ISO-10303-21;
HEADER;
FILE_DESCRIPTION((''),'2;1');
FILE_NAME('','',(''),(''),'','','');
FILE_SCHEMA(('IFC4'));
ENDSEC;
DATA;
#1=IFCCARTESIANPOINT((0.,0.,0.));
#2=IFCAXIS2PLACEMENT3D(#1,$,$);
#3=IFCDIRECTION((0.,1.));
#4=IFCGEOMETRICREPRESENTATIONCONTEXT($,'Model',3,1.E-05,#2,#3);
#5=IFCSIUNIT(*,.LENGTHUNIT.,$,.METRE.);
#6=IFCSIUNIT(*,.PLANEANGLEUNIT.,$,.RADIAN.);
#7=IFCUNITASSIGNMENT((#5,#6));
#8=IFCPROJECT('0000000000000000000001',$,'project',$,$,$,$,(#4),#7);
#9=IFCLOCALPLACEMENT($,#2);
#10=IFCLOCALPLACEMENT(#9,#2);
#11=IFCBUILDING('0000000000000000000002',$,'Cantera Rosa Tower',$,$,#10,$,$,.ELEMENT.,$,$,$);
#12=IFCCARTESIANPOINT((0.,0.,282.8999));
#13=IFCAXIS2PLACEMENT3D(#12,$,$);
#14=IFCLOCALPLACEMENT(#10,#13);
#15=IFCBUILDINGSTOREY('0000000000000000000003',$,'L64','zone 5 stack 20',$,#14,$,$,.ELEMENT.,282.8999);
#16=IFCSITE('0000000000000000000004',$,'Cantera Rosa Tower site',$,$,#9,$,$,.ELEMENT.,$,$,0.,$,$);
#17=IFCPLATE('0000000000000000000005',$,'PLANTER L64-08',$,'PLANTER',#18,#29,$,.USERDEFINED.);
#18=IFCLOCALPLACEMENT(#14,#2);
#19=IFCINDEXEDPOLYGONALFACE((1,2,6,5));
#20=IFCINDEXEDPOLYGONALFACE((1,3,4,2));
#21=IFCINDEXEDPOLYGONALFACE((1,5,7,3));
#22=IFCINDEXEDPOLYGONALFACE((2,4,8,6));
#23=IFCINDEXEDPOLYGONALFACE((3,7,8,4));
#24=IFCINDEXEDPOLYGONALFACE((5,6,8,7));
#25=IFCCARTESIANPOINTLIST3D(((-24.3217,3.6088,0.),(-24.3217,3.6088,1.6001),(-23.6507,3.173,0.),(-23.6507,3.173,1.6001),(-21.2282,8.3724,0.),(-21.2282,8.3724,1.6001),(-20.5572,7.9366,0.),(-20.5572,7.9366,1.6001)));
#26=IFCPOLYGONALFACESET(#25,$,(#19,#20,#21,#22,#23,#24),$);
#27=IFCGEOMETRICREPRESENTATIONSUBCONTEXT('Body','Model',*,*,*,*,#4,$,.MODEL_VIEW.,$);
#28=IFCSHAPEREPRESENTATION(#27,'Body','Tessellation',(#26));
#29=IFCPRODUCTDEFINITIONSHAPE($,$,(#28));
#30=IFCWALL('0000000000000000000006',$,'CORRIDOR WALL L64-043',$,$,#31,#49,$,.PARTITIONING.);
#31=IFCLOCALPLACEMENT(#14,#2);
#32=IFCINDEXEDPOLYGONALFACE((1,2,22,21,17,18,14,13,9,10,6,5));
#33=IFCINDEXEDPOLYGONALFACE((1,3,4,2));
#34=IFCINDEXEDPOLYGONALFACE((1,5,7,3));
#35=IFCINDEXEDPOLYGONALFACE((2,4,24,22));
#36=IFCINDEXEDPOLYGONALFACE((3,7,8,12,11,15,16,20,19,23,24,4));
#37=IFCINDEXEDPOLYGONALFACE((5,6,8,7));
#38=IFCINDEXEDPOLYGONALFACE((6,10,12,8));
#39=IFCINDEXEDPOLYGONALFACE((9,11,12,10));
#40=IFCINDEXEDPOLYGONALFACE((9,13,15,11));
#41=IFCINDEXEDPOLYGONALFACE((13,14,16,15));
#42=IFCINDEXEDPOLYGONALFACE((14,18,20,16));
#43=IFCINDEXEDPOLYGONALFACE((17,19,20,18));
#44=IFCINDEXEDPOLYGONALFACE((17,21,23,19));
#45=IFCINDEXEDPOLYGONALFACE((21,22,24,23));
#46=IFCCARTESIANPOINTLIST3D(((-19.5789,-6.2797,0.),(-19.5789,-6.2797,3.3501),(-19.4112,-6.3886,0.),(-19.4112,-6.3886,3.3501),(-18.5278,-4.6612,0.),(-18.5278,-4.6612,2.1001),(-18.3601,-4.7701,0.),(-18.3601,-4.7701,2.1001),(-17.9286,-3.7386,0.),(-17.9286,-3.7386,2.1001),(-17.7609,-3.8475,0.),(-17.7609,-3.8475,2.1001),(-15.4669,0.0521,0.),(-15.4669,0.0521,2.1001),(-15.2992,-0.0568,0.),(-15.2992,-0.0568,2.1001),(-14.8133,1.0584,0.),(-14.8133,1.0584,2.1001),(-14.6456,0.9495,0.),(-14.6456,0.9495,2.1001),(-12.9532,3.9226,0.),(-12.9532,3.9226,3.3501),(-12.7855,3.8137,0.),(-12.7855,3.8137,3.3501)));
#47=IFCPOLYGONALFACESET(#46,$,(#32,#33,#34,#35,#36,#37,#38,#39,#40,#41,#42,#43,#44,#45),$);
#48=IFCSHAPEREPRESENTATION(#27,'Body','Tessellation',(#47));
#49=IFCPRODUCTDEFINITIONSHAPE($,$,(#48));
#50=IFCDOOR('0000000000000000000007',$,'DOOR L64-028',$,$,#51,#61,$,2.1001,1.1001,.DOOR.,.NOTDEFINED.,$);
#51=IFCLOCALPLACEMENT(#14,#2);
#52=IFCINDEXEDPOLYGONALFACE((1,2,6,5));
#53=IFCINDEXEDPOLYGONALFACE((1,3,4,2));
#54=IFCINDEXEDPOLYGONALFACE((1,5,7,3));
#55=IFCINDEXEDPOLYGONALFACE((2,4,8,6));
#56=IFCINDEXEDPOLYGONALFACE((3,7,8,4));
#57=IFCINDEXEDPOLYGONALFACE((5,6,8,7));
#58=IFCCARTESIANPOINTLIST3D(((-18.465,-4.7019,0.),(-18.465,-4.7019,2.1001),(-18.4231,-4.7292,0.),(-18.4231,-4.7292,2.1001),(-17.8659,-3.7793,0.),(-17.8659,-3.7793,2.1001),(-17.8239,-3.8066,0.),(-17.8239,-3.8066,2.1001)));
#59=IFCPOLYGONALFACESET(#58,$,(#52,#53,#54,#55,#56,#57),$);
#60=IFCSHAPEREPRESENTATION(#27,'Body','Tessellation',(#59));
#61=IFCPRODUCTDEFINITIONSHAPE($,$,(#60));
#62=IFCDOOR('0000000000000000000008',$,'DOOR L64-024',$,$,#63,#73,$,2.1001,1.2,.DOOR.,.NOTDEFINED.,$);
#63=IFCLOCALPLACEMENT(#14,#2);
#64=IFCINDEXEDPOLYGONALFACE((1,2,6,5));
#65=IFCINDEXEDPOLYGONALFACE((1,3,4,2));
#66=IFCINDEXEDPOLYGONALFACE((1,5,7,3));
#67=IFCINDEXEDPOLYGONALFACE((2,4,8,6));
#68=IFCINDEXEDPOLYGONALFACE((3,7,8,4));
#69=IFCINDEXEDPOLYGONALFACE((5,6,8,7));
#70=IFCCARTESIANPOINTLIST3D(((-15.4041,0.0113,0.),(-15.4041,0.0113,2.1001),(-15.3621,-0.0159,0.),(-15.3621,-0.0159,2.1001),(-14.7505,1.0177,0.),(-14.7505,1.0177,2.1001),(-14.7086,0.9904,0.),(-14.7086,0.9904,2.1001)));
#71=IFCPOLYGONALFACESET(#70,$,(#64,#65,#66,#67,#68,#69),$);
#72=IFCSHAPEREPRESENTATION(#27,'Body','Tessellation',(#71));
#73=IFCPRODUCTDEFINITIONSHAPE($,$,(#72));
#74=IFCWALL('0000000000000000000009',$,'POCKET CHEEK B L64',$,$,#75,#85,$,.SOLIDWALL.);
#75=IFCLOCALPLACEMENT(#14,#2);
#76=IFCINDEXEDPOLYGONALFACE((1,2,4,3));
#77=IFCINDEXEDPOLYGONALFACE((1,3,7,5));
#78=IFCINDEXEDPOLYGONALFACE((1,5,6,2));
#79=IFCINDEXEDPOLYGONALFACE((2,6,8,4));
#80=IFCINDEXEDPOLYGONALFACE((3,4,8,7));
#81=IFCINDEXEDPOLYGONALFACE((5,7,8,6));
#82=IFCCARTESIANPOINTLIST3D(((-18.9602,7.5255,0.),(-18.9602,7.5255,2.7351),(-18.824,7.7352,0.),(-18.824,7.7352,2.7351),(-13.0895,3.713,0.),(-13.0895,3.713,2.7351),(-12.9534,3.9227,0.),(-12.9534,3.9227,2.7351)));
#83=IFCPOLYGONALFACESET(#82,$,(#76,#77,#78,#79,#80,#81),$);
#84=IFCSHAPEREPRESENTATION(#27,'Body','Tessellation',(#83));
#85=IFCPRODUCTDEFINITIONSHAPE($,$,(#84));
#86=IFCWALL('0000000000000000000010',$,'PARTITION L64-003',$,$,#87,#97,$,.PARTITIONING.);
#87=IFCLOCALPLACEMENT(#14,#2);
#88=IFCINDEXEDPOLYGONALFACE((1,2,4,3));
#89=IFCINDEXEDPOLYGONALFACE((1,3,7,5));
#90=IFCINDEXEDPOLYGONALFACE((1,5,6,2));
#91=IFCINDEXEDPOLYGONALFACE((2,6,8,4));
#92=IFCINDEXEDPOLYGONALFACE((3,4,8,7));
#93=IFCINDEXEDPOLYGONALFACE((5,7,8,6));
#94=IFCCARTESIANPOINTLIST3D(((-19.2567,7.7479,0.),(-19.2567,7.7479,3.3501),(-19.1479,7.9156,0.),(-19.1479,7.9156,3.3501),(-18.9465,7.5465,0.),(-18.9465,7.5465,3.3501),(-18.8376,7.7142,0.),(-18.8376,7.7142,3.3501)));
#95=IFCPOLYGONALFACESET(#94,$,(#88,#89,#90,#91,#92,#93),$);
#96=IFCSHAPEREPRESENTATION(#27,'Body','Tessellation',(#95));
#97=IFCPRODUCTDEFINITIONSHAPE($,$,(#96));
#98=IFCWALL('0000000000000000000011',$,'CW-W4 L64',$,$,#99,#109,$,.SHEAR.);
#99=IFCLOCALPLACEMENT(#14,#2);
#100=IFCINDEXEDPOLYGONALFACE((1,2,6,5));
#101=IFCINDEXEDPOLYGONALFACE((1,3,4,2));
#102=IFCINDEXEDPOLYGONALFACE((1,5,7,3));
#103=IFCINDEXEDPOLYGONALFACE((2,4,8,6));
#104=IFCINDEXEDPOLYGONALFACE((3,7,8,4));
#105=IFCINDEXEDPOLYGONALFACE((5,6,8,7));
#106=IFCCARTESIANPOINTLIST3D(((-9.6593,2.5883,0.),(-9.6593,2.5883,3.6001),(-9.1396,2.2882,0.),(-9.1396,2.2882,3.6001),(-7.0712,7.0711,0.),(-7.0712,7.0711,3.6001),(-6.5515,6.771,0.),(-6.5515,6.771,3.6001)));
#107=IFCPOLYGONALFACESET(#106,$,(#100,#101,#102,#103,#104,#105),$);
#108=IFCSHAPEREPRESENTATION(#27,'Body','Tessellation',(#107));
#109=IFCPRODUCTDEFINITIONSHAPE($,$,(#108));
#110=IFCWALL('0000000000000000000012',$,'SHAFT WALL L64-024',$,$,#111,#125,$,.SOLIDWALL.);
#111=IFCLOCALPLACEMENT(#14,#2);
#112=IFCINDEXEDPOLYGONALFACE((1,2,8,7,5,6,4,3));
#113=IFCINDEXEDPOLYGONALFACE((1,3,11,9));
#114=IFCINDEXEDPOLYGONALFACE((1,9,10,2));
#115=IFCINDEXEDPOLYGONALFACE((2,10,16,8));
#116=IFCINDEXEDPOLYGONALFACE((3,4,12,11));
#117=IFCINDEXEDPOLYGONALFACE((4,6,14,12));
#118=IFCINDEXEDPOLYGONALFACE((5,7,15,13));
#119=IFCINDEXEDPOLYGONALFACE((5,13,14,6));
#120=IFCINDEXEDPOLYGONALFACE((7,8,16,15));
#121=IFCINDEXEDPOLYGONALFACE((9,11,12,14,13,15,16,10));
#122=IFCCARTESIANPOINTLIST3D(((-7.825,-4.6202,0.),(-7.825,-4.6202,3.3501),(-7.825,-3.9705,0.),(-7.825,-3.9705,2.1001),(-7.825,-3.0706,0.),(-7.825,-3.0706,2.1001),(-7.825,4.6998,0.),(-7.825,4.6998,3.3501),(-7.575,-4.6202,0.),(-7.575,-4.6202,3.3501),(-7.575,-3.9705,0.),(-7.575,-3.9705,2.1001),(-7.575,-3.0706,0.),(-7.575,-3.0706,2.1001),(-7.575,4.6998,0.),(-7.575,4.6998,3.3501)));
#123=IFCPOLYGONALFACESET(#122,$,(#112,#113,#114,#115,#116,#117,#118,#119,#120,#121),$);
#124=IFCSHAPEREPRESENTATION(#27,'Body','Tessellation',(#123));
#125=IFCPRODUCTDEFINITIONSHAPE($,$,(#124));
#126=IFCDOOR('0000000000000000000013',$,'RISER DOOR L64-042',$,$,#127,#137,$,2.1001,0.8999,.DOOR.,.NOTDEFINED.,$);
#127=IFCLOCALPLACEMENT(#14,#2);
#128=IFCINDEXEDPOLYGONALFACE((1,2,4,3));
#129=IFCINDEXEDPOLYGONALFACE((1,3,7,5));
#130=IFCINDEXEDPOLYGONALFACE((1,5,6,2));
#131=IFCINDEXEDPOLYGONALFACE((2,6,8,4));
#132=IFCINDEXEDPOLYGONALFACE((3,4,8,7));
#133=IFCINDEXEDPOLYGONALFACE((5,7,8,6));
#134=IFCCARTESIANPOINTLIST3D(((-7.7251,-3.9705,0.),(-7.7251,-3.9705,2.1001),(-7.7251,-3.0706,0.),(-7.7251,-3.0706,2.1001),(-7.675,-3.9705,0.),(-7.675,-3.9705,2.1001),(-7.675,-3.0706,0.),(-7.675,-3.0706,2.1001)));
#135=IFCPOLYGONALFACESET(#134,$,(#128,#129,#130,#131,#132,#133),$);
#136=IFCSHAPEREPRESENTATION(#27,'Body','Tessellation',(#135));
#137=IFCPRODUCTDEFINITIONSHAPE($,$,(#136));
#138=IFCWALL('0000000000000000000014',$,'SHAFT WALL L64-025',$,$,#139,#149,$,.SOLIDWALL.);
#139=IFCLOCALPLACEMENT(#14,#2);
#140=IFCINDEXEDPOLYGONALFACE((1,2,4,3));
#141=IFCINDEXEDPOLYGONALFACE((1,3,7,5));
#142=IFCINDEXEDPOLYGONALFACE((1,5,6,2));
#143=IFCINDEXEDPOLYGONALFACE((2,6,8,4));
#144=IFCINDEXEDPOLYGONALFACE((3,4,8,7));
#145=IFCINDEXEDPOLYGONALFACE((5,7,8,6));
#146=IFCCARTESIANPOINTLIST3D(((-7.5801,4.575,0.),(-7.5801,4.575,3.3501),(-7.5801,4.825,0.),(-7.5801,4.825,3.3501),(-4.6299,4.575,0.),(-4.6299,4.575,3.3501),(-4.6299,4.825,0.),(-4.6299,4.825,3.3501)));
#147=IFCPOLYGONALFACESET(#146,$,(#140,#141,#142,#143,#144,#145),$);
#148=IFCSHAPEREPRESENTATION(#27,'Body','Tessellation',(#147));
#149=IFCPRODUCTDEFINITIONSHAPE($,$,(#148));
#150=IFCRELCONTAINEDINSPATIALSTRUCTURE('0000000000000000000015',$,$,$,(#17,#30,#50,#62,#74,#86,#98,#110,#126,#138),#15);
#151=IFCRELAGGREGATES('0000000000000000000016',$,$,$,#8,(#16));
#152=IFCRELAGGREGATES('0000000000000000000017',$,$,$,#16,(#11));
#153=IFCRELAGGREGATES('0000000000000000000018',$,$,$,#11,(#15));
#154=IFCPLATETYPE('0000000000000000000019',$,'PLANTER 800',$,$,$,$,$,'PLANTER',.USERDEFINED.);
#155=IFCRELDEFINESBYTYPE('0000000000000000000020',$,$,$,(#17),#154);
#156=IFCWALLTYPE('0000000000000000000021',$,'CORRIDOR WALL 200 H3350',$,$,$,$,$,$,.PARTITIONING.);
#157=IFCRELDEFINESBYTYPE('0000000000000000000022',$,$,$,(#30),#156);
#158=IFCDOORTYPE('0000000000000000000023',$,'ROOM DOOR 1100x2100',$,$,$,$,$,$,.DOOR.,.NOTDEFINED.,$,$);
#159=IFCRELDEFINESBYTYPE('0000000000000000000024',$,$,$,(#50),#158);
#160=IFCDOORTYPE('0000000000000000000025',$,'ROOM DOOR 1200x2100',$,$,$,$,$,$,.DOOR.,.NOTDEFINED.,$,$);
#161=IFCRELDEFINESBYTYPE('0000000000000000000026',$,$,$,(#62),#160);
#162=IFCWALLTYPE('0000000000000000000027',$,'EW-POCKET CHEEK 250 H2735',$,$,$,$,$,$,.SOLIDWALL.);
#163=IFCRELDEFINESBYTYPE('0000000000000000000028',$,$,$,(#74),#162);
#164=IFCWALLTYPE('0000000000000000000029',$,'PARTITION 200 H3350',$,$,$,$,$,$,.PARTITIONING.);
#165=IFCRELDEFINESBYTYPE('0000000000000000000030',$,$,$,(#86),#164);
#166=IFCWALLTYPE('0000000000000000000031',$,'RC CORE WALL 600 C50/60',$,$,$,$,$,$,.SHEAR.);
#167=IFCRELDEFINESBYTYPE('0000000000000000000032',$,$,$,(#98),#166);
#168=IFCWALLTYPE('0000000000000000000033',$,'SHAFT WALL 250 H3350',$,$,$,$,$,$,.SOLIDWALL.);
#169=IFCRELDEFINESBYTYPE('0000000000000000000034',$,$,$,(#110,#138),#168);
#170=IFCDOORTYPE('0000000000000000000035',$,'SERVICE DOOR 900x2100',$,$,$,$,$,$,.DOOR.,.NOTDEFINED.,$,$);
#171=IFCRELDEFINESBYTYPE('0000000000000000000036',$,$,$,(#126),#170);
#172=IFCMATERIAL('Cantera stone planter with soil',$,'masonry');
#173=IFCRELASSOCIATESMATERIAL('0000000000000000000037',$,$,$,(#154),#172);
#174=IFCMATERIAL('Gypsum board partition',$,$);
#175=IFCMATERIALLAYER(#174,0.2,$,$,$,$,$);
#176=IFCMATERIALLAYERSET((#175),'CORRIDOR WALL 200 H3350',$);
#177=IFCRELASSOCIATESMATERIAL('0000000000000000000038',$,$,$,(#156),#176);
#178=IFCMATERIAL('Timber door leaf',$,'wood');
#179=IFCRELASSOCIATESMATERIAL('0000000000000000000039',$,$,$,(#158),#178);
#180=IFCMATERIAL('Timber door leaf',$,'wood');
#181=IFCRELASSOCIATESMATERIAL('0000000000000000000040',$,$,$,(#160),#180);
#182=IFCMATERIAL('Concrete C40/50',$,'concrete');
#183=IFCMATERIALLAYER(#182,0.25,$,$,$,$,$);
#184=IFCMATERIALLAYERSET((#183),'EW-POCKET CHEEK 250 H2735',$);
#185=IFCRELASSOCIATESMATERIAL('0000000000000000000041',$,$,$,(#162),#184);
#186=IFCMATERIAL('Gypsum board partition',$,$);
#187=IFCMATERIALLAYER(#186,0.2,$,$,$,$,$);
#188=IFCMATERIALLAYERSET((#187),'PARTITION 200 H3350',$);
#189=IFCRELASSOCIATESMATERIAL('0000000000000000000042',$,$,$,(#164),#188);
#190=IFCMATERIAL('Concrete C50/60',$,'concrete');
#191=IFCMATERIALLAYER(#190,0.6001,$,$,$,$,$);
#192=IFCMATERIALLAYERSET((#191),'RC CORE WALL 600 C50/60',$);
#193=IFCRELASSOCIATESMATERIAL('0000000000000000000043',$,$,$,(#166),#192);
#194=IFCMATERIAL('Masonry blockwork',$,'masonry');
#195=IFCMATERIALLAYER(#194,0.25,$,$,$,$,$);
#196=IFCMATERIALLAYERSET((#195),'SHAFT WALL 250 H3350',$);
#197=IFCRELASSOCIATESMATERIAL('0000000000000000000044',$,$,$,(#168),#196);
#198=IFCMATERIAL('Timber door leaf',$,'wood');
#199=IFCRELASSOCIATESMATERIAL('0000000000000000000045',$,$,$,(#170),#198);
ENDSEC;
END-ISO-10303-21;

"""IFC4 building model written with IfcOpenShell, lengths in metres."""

from ifc_helpers import new_model, si_unit, direction, frame, frame_2d, origin, origin_2d, place, context, subcontext, project, spatial, rectangle, extrude, material, layer, layer_set, type_object, element, fill, save


model = new_model("IFC4")

# Units and contexts
model_context = context("Model", 3, precision=1e-05, world=origin(), true_north=direction((0.0, 1.0)))
body_context = subcontext(model_context, "Body", "Model", "MODEL_VIEW")
ifc_project = project(units=[si_unit("LENGTHUNIT", "METRE"), si_unit("PLANEANGLEUNIT", "RADIAN")], contexts=[model_context])

# Site, building, storey
site_placement = place(None, origin())
site = spatial("IfcSite", under=ifc_project, at=site_placement, Name="Cantera Rosa Tower site", CompositionType="ELEMENT", RefElevation=0.0)
building_placement = place(site_placement, origin())
building = spatial("IfcBuilding", under=site, at=building_placement, Name="Cantera Rosa Tower", CompositionType="ELEMENT")
storey_placement = place(building_placement, frame((0.0, 0.0, 282.8999)))
storey = spatial("IfcBuildingStorey", under=building, at=storey_placement, Name="L64", Description="zone 5 stack 20", CompositionType="ELEMENT", Elevation=282.8999)

# Plate
ifc_material_1 = material(Name="Cantera stone planter with soil", Category="masonry")
plate_type = type_object("IfcPlateType", Name="PLANTER 800", ElementType="PLANTER", PredefinedType="USERDEFINED", material=ifc_material_1)
plate_placement = place(storey_placement, frame((-22.4395, 5.7727, 0.0), z_axis=(0.0, 0.0, 1.0), x_axis=(-0.544639, -0.838671, 0.0)))
element("IfcPlate", 1, at=plate_placement, inside=storey, type_object=plate_type, Name="PLANTER L64-08", ObjectType="PLANTER", PredefinedType="USERDEFINED", context=body_context, shape_type="SweptSolid", body=[
    extrude(rectangle(XDim=5.6799, YDim=0.8, at=origin_2d()), origin(), (0.0, 0.0, 1.0), 1.6001),
])

# Wall, openings, doors
ifc_material_2 = material(Name="Gypsum board partition")
ifc_layer_1 = layer(ifc_material_2, 0.2)
ifc_layer_set_1 = layer_set([ifc_layer_1], Name="CORRIDOR WALL 200 H3350")
wall_type_1 = type_object("IfcWallType", Name="CORRIDOR WALL 200 H3350", PredefinedType="PARTITIONING", material=ifc_layer_set_1)
wall_1_placement = place(storey_placement, frame((-12.8694, 3.8682, 0.0), z_axis=(0.0, 0.0, 1.0), x_axis=(-0.544652, -0.838662, 0.0)))
wall_1 = element("IfcWall", 2, at=wall_1_placement, inside=storey, type_object=wall_type_1, Name="CORRIDOR WALL L64-043", PredefinedType="PARTITIONING", context=body_context, shape_type="SweptSolid", body=[
    extrude(rectangle(XDim=12.165, YDim=0.2, at=frame_2d((6.0825, 0.0))), origin(), (0.0, 0.0, 1.0), 3.3501),
])
opening_1_placement = place(wall_1_placement, frame((3.415, 0.0, 0.0)))
opening_1 = element("IfcOpeningElement", 3, at=opening_1_placement, cuts=wall_1, PredefinedType="OPENING", context=body_context, shape_type="SweptSolid", body=[
    extrude(rectangle(XDim=1.2, YDim=2.1001, at=frame_2d((0.6001, 1.05))), frame((0.0, 0.1099, 0.0), z_axis=(0.0, -1.0, 0.0), x_axis=(1.0, 0.0, 0.0)), (0.0, 0.0, 1.0), 0.22),
])
opening_2_placement = place(wall_1_placement, frame((9.135, 0.0, 0.0)))
opening_2 = element("IfcOpeningElement", 4, at=opening_2_placement, cuts=wall_1, PredefinedType="OPENING", context=body_context, shape_type="SweptSolid", body=[
    extrude(rectangle(XDim=1.1001, YDim=2.1001, at=frame_2d((0.55, 1.05))), frame((0.0, 0.1099, 0.0), z_axis=(0.0, -1.0, 0.0), x_axis=(1.0, 0.0, 0.0)), (0.0, 0.0, 1.0), 0.22),
])
ifc_material_3 = material(Name="Timber door leaf", Category="wood")
door_type_1 = type_object("IfcDoorType", Name="ROOM DOOR 1100x2100", OperationType="NOTDEFINED", PredefinedType="DOOR", material=ifc_material_3)
door_1_placement = place(opening_2_placement, origin())
door_1 = element("IfcDoor", 5, at=door_1_placement, inside=storey, type_object=door_type_1, Name="DOOR L64-028", OperationType="NOTDEFINED", OverallHeight=2.1001, OverallWidth=1.1001, PredefinedType="DOOR", context=body_context, shape_type="SweptSolid", body=[
    extrude(rectangle(XDim=1.1001, YDim=2.1001, at=frame_2d((0.55, 1.05))), frame((0.0, 0.0249, 0.0), z_axis=(0.0, -1.0, 0.0), x_axis=(1.0, 0.0, 0.0)), (0.0, 0.0, 1.0), 0.05),
])
fill(opening_2, door_1)
ifc_material_4 = material(Name="Timber door leaf", Category="wood")
door_type_2 = type_object("IfcDoorType", Name="ROOM DOOR 1200x2100", OperationType="NOTDEFINED", PredefinedType="DOOR", material=ifc_material_4)
door_2_placement = place(opening_1_placement, origin())
door_2 = element("IfcDoor", 6, at=door_2_placement, inside=storey, type_object=door_type_2, Name="DOOR L64-024", OperationType="NOTDEFINED", OverallHeight=2.1001, OverallWidth=1.2, PredefinedType="DOOR", context=body_context, shape_type="SweptSolid", body=[
    extrude(rectangle(XDim=1.2, YDim=2.1001, at=frame_2d((0.6001, 1.05))), frame((0.0, 0.0249, 0.0), z_axis=(0.0, -1.0, 0.0), x_axis=(1.0, 0.0, 0.0)), (0.0, 0.0, 1.0), 0.05),
])
fill(opening_1, door_2)

# Walls
ifc_material_5 = material(Name="Concrete C40/50", Category="concrete")
ifc_layer_2 = layer(ifc_material_5, 0.25)
ifc_layer_set_2 = layer_set([ifc_layer_2], Name="EW-POCKET CHEEK 250 H2735")
wall_type_2 = type_object("IfcWallType", Name="EW-POCKET CHEEK 250 H2735", PredefinedType="SOLIDWALL", material=ifc_layer_set_2)
wall_2_placement = place(storey_placement, frame((-18.8921, 7.6304, 0.0), z_axis=(0.0, 0.0, 1.0), x_axis=(0.838665, -0.544647, 0.0)))
element("IfcWall", 7, at=wall_2_placement, inside=storey, type_object=wall_type_2, Name="POCKET CHEEK B L64", PredefinedType="SOLIDWALL", context=body_context, shape_type="SweptSolid", body=[
    extrude(rectangle(XDim=7.0, YDim=0.25, at=frame_2d((3.5, 0.0))), origin(), (0.0, 0.0, 1.0), 2.7351),
])
ifc_material_6 = material(Name="Gypsum board partition")
ifc_layer_3 = layer(ifc_material_6, 0.2)
ifc_layer_set_3 = layer_set([ifc_layer_3], Name="PARTITION 200 H3350")
wall_type_3 = type_object("IfcWallType", Name="PARTITION 200 H3350", PredefinedType="PARTITIONING", material=ifc_layer_set_3)
wall_3_placement = place(storey_placement, frame((-19.2024, 7.8318, 0.0), z_axis=(0.0, 0.0, 1.0), x_axis=(0.83879, -0.544455, 0.0)))
element("IfcWall", 8, at=wall_3_placement, inside=storey, type_object=wall_type_3, Name="PARTITION L64-003", PredefinedType="PARTITIONING", context=body_context, shape_type="SweptSolid", body=[
    extrude(rectangle(XDim=0.3699, YDim=0.2, at=frame_2d((0.1851, 0.0))), origin(), (0.0, 0.0, 1.0), 3.3501),
])
ifc_material_7 = material(Name="Concrete C50/60", Category="concrete")
ifc_layer_4 = layer(ifc_material_7, 0.6001)
ifc_layer_set_4 = layer_set([ifc_layer_4], Name="RC CORE WALL 600 C50/60")
wall_type_4 = type_object("IfcWallType", Name="RC CORE WALL 600 C50/60", PredefinedType="SHEAR", material=ifc_layer_set_4)
wall_4_placement = place(storey_placement, frame((-9.3994, 2.4382, 0.0), z_axis=(0.0, 0.0, 1.0), x_axis=(0.499989, 0.866032, 0.0)))
element("IfcWall", 9, at=wall_4_placement, inside=storey, type_object=wall_type_4, Name="CW-W4 L64", PredefinedType="SHEAR", context=body_context, shape_type="SweptSolid", body=[
    extrude(rectangle(XDim=5.1763, YDim=0.6001, at=frame_2d((2.5881, 0.0))), origin(), (0.0, 0.0, 1.0), 3.6001),
])

# Wall, opening, door
ifc_material_8 = material(Name="Masonry blockwork", Category="masonry")
ifc_layer_5 = layer(ifc_material_8, 0.25)
ifc_layer_set_5 = layer_set([ifc_layer_5], Name="SHAFT WALL 250 H3350")
wall_type_5 = type_object("IfcWallType", Name="SHAFT WALL 250 H3350", PredefinedType="SOLIDWALL", material=ifc_layer_set_5)
wall_5_placement = place(storey_placement, frame((-7.7, 4.7, 0.0), z_axis=(0.0, 0.0, 1.0), x_axis=(0.0, -1.0, 0.0)))
wall_5 = element("IfcWall", 10, at=wall_5_placement, inside=storey, type_object=wall_type_5, Name="SHAFT WALL L64-024", PredefinedType="SOLIDWALL", context=body_context, shape_type="SweptSolid", body=[
    extrude(rectangle(XDim=9.3201, YDim=0.25, at=frame_2d((4.6602, 0.0))), origin(), (0.0, 0.0, 1.0), 3.3501),
])
opening_3_placement = place(wall_5_placement, frame((7.7705, 0.0, 0.0)))
opening_3 = element("IfcOpeningElement", 11, at=opening_3_placement, cuts=wall_5, PredefinedType="OPENING", context=body_context, shape_type="SweptSolid", body=[
    extrude(rectangle(XDim=0.8999, YDim=2.1001, at=frame_2d((0.45, 1.05))), frame((0.0, 0.135, 0.0), z_axis=(0.0, -1.0, 0.0), x_axis=(1.0, 0.0, 0.0)), (0.0, 0.0, 1.0), 0.27),
])
ifc_material_9 = material(Name="Timber door leaf", Category="wood")
door_type_3 = type_object("IfcDoorType", Name="SERVICE DOOR 900x2100", OperationType="NOTDEFINED", PredefinedType="DOOR", material=ifc_material_9)
door_3_placement = place(opening_3_placement, origin())
door_3 = element("IfcDoor", 12, at=door_3_placement, inside=storey, type_object=door_type_3, Name="RISER DOOR L64-042", OperationType="NOTDEFINED", OverallHeight=2.1001, OverallWidth=0.8999, PredefinedType="DOOR", context=body_context, shape_type="SweptSolid", body=[
    extrude(rectangle(XDim=0.8999, YDim=2.1001, at=frame_2d((0.45, 1.05))), frame((0.0, 0.0249, 0.0), z_axis=(0.0, -1.0, 0.0), x_axis=(1.0, 0.0, 0.0)), (0.0, 0.0, 1.0), 0.05),
])
fill(opening_3, door_3)

# Wall
wall_6_placement = place(storey_placement, frame((-7.5801, 4.7, 0.0), z_axis=(0.0, 0.0, 1.0), x_axis=(1.0, 0.0, 0.0)))
element("IfcWall", 13, at=wall_6_placement, inside=storey, type_object=wall_type_5, Name="SHAFT WALL L64-025", PredefinedType="SOLIDWALL", context=body_context, shape_type="SweptSolid", body=[
    extrude(rectangle(XDim=2.9502, YDim=0.25, at=frame_2d((1.4751, 0.0))), origin(), (0.0, 0.0, 1.0), 3.3501),
])

save(model, "model.ifc")
